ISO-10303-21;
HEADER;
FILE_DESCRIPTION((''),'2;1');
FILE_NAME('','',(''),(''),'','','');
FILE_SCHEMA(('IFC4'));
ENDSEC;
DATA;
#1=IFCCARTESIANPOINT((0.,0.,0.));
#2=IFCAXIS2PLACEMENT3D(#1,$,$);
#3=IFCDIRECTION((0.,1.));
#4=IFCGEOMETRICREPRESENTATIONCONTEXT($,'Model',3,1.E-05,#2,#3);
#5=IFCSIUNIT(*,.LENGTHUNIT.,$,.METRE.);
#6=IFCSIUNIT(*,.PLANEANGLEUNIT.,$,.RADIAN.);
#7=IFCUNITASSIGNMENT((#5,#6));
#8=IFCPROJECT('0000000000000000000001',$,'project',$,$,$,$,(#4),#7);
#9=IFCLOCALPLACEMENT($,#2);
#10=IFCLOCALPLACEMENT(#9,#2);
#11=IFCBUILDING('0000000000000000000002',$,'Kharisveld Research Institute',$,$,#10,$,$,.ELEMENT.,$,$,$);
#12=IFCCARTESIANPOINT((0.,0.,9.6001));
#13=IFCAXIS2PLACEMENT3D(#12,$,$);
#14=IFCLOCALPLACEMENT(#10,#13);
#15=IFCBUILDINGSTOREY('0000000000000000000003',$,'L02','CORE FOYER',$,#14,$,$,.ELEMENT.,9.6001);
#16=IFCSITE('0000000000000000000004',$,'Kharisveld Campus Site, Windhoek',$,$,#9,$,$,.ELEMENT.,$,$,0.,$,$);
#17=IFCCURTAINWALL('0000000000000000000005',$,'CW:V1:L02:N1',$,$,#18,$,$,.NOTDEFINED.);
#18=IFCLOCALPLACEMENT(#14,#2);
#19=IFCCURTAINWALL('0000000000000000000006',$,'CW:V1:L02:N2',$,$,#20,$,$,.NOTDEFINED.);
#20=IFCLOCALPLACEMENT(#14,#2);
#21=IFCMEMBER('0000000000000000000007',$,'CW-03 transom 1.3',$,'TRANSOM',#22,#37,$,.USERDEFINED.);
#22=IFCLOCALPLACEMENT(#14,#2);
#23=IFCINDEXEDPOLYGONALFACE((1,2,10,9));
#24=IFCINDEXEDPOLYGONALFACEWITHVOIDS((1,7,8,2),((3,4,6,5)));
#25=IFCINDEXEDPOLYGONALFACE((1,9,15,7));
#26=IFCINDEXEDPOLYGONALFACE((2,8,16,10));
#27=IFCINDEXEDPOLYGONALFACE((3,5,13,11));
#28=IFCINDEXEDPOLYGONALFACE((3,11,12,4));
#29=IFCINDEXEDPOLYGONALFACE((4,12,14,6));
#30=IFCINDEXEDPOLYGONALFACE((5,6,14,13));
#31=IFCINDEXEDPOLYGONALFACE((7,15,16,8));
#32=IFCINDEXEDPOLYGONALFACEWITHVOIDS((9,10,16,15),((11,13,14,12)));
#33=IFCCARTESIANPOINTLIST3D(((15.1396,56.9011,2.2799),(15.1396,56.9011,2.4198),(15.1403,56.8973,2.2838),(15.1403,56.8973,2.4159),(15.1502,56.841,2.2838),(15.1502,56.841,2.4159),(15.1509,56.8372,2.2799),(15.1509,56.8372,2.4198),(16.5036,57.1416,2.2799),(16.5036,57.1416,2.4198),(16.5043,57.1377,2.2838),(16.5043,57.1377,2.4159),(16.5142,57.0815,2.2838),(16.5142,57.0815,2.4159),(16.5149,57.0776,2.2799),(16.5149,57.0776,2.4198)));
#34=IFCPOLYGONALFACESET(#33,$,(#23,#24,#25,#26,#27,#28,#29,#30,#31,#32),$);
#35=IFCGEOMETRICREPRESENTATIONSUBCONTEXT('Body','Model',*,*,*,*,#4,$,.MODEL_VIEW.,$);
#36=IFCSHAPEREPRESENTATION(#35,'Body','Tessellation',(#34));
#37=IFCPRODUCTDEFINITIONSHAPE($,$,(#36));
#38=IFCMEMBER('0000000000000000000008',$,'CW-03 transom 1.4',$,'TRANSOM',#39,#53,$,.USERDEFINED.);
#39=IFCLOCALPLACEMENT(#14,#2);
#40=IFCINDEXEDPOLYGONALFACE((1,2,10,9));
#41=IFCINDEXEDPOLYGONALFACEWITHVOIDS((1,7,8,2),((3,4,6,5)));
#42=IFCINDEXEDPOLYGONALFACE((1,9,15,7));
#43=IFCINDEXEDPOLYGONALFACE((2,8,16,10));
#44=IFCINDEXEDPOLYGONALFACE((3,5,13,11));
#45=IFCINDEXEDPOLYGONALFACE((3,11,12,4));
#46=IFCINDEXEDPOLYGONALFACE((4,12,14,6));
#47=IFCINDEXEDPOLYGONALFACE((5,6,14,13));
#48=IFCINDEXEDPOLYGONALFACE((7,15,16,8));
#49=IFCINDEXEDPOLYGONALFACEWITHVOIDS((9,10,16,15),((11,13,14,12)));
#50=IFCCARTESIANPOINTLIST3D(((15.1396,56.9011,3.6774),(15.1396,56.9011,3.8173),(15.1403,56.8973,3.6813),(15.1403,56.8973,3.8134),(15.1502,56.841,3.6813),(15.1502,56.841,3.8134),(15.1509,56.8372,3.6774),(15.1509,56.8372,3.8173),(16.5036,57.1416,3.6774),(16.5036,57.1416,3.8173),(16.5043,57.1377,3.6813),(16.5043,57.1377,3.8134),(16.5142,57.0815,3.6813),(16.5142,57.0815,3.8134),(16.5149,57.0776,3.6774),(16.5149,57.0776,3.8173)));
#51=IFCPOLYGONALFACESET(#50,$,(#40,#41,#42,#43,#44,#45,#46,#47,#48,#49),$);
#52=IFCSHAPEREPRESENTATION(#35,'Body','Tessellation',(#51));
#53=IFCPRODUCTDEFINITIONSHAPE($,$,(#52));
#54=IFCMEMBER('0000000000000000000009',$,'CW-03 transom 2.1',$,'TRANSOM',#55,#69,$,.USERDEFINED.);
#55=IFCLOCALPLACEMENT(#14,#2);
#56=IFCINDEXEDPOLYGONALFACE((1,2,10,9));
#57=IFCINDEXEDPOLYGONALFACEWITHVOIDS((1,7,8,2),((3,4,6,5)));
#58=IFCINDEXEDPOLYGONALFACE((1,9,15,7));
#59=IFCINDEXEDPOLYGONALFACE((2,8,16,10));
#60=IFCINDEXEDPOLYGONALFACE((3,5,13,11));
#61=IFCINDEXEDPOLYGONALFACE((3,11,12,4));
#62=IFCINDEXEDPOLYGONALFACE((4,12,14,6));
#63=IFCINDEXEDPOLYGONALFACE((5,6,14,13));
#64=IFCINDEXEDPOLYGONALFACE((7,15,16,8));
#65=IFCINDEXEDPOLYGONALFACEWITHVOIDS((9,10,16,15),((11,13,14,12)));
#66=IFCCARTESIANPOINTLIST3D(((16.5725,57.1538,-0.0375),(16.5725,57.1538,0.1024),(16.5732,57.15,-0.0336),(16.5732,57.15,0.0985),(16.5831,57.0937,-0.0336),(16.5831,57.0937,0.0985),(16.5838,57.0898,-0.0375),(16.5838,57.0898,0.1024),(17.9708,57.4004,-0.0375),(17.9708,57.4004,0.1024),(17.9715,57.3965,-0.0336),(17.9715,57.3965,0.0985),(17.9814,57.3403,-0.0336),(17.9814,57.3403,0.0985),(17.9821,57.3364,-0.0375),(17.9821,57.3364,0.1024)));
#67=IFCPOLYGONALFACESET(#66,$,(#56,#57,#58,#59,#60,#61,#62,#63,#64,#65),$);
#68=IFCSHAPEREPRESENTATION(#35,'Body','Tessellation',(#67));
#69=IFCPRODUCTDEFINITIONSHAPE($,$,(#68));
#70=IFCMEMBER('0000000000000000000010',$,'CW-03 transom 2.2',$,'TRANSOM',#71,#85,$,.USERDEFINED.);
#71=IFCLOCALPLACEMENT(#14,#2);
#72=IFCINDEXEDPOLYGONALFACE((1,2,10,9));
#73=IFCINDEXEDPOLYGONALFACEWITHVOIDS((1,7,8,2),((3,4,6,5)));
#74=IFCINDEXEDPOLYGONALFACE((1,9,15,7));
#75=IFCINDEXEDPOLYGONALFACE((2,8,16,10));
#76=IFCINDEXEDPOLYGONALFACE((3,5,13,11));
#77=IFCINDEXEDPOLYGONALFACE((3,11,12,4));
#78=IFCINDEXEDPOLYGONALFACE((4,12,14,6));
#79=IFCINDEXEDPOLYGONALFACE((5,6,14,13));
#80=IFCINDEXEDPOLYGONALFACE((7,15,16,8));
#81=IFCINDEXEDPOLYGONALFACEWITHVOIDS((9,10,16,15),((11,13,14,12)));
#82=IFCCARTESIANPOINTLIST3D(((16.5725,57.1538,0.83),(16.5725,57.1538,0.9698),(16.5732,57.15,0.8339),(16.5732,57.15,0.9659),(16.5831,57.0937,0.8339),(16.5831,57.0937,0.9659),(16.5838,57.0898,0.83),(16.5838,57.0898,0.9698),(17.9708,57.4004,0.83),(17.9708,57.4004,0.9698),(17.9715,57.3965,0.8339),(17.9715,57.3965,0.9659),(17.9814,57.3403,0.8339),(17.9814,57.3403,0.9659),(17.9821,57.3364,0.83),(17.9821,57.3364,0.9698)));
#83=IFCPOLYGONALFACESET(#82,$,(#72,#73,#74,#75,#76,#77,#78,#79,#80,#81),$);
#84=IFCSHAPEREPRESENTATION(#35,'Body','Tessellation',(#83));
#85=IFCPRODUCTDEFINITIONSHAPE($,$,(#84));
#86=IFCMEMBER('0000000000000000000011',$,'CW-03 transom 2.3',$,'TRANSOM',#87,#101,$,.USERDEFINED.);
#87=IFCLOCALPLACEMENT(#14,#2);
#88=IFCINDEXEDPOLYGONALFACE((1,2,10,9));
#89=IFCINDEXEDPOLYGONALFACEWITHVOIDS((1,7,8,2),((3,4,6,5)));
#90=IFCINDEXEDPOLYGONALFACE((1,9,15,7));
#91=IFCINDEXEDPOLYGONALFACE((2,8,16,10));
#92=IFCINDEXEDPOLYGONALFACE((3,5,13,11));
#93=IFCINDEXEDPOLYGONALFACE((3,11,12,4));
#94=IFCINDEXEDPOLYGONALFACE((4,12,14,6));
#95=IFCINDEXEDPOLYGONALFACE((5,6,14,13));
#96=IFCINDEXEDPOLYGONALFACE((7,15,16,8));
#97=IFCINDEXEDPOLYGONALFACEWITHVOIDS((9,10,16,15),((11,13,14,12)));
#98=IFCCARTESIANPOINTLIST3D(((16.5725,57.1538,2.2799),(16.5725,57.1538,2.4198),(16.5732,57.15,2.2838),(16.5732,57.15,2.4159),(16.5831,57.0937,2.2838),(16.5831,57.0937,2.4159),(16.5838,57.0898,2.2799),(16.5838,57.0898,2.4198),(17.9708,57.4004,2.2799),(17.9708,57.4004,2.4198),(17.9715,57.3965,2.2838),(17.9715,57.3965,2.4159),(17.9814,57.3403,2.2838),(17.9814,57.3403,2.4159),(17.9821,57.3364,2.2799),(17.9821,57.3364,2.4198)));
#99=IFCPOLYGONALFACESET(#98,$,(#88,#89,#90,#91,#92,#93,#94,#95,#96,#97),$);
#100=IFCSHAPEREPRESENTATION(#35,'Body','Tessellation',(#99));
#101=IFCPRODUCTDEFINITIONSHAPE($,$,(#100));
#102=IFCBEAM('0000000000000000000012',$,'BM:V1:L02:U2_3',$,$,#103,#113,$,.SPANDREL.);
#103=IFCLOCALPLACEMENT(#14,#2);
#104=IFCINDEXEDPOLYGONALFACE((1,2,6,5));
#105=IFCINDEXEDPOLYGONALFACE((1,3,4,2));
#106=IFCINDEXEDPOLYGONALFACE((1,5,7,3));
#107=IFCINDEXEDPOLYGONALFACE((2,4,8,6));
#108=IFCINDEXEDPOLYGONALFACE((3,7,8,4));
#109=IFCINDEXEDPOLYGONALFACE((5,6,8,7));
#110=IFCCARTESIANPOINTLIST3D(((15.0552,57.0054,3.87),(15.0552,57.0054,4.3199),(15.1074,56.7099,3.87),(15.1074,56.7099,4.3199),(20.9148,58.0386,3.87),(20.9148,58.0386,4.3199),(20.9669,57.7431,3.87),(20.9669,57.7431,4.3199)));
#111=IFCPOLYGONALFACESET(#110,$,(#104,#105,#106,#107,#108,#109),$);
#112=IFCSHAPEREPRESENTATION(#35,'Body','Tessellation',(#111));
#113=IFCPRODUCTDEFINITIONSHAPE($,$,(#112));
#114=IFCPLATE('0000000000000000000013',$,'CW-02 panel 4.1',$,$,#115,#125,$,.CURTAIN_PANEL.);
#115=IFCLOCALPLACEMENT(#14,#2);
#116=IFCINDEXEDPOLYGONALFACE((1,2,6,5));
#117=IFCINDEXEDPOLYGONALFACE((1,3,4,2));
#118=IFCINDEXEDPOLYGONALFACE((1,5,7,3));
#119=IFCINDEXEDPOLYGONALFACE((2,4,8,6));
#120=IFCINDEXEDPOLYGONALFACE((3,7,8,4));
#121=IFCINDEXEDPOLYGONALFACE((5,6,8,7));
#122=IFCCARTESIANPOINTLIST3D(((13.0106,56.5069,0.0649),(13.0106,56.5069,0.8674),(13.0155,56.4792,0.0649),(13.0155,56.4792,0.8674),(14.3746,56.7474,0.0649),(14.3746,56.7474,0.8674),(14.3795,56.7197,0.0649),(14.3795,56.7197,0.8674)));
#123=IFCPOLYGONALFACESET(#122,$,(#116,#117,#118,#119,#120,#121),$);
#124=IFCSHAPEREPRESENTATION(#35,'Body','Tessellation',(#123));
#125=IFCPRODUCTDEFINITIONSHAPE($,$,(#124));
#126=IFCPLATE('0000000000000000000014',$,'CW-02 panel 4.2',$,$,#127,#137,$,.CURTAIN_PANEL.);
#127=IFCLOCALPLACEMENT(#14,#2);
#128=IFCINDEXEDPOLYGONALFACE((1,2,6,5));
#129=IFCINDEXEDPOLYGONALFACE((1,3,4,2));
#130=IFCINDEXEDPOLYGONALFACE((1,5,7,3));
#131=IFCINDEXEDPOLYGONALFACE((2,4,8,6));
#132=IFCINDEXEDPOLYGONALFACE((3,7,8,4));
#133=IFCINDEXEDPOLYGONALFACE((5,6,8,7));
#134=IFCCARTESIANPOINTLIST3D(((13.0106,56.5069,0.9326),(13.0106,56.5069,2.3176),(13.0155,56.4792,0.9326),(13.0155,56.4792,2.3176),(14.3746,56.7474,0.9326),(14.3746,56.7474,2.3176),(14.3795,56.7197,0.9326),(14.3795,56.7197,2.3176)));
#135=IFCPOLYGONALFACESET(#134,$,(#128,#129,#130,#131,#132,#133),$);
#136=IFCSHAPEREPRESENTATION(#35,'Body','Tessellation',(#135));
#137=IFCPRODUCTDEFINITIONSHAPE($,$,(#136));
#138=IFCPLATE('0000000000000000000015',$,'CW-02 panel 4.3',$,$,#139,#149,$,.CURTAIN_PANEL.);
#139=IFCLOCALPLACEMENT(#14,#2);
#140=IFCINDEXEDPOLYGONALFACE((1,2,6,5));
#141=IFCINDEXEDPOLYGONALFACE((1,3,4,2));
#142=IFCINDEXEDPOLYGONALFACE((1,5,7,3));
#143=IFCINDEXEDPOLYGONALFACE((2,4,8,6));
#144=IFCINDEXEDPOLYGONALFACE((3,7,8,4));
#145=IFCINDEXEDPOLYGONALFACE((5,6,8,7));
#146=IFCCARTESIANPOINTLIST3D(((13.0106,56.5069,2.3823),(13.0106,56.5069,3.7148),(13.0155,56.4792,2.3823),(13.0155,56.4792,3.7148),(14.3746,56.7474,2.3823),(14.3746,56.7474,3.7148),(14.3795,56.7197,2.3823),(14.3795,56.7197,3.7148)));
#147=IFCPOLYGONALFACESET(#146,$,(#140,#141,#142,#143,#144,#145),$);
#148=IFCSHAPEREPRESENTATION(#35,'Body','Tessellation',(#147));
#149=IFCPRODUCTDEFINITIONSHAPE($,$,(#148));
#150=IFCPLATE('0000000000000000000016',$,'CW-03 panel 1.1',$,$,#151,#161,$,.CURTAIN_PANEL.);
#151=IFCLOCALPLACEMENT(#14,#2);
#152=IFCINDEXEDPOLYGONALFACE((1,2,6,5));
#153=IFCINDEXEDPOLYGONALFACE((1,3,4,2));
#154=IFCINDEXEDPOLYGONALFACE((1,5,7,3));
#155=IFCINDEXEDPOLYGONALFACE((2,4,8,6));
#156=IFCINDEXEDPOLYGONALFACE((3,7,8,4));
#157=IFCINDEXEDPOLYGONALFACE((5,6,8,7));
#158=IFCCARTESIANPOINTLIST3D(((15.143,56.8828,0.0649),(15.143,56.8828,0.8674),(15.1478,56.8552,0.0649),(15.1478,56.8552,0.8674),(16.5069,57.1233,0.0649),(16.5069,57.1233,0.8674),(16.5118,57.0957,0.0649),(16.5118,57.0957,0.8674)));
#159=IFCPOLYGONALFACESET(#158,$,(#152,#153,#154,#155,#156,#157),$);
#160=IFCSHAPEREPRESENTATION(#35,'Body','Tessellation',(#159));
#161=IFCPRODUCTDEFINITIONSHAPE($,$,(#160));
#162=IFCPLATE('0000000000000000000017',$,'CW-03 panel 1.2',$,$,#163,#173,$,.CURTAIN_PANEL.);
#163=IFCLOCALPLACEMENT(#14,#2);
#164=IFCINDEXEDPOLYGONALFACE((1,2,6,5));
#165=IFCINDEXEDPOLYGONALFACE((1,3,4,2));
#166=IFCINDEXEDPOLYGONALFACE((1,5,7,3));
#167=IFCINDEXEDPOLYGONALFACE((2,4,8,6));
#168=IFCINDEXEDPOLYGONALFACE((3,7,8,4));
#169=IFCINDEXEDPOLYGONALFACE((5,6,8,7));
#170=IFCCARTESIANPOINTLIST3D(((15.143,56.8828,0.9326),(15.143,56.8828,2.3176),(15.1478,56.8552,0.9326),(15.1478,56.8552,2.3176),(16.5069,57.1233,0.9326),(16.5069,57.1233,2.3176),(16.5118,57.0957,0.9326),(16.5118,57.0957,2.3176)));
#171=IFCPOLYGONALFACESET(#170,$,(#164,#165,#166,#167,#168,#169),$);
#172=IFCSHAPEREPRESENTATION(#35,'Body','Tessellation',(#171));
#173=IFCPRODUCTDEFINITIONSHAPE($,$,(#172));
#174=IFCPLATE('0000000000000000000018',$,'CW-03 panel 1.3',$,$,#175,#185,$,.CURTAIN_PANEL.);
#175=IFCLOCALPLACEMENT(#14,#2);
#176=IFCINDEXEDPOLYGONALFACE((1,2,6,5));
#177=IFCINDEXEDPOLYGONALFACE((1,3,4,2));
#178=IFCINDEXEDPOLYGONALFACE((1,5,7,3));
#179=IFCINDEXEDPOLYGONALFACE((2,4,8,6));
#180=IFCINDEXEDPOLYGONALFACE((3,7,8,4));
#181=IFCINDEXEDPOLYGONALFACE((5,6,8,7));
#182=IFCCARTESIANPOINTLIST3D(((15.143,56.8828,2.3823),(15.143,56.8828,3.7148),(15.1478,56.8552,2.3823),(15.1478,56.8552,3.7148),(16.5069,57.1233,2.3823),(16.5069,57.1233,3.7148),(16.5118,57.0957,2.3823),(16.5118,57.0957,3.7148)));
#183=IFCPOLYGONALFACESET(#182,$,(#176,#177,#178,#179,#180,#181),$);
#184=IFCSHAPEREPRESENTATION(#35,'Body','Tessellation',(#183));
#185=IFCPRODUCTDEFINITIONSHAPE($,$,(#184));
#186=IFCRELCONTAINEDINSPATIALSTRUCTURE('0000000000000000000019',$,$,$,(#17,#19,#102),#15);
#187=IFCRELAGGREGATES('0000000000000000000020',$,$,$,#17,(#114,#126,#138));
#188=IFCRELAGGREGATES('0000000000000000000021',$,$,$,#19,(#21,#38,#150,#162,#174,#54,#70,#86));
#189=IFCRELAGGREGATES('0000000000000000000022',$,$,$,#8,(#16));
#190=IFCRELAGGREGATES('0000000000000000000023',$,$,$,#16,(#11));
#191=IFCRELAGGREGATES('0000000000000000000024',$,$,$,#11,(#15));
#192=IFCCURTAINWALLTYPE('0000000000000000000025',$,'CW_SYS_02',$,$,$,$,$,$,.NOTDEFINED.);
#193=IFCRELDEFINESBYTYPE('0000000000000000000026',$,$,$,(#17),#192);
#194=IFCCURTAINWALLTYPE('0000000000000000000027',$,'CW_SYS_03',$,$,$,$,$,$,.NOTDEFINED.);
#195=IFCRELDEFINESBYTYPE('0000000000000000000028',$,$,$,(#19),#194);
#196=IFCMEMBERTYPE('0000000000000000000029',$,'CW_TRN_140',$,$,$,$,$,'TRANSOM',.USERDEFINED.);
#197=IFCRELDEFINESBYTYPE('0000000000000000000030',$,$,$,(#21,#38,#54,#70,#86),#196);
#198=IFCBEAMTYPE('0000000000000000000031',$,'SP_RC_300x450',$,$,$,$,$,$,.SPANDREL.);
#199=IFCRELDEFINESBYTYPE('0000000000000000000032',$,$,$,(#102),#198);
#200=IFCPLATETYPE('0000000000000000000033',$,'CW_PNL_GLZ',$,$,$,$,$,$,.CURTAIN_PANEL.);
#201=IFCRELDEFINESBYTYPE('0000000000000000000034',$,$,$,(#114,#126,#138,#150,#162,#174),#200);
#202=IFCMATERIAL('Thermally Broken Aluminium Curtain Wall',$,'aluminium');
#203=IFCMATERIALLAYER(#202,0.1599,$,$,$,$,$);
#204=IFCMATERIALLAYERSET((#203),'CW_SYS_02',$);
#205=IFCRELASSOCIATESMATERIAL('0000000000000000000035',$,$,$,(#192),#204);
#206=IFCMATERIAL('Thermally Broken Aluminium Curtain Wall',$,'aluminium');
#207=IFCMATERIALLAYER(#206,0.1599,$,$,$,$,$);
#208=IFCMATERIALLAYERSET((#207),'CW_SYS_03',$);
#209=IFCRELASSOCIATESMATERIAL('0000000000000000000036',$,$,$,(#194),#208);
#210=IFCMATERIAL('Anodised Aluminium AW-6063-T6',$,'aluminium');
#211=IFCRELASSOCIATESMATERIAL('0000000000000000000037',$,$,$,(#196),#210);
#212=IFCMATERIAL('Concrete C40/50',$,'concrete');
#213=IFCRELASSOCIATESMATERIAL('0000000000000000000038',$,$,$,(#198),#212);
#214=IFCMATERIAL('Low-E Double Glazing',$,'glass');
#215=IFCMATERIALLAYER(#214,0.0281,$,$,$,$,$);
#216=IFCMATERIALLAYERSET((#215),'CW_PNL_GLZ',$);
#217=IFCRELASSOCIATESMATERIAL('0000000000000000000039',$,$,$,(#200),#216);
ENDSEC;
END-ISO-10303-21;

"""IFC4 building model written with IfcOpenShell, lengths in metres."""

from ifc_helpers import new_model, si_unit, direction, frame, origin, origin_2d, place, context, subcontext, project, spatial, rectangle, hollow_rectangle, extrude, material, layer, layer_set, material_profile, profile_set, type_object, element, aggregate, save


model = new_model("IFC4")

# Units and contexts
model_context = context("Model", 3, precision=1e-05, world=origin(), true_north=direction((0.0, 1.0)))
body_context = subcontext(model_context, "Body", "Model", "MODEL_VIEW")
ifc_project = project(units=[si_unit("LENGTHUNIT", "METRE"), si_unit("PLANEANGLEUNIT", "RADIAN")], contexts=[model_context])

# Site, building, storey
site_placement = place(None, origin())
site = spatial("IfcSite", under=ifc_project, at=site_placement, Name="Kharisveld Campus Site, Windhoek", CompositionType="ELEMENT", RefElevation=0.0)
building_placement = place(site_placement, origin())
building = spatial("IfcBuilding", under=site, at=building_placement, Name="Kharisveld Research Institute", CompositionType="ELEMENT")
storey_placement = place(building_placement, frame((0.0, 0.0, 9.6001)))
storey = spatial("IfcBuildingStorey", under=building, at=storey_placement, Name="L02", Description="CORE FOYER", CompositionType="ELEMENT", Elevation=9.6001)

# Curtain walls
ifc_material_1 = material(Name="Thermally Broken Aluminium Curtain Wall", Category="aluminium")
ifc_layer_1 = layer(ifc_material_1, 0.1599)
ifc_layer_set_1 = layer_set([ifc_layer_1], Name="CW_SYS_02")
curtain_wall_type_1 = type_object("IfcCurtainWallType", Name="CW_SYS_02", PredefinedType="NOTDEFINED", material=ifc_layer_set_1)
curtain_wall_1_placement = place(storey_placement, origin())
curtain_wall_1 = element("IfcCurtainWall", 1, at=curtain_wall_1_placement, inside=storey, type_object=curtain_wall_type_1, Name="CW:V1:L02:N1", PredefinedType="NOTDEFINED")
ifc_material_2 = material(Name="Thermally Broken Aluminium Curtain Wall", Category="aluminium")
ifc_layer_2 = layer(ifc_material_2, 0.1599)
ifc_layer_set_2 = layer_set([ifc_layer_2], Name="CW_SYS_03")
curtain_wall_type_2 = type_object("IfcCurtainWallType", Name="CW_SYS_03", PredefinedType="NOTDEFINED", material=ifc_layer_set_2)
curtain_wall_2_placement = place(storey_placement, origin())
curtain_wall_2 = element("IfcCurtainWall", 2, at=curtain_wall_2_placement, inside=storey, type_object=curtain_wall_type_2, Name="CW:V1:L02:N2", PredefinedType="NOTDEFINED")

# Members
ifc_material_3 = material(Name="Anodised Aluminium AW-6063-T6", Category="aluminium")
ifc_material_profile_1 = material_profile(ifc_material_3, hollow_rectangle(XDim=0.0649, YDim=0.1399, WallThickness=0.0039, at=origin_2d()))
ifc_profile_set_1 = profile_set([ifc_material_profile_1], Name="Anodised Aluminium AW-6063-T6")
member_type_1 = type_object("IfcMemberType", Name="CW_TRN_140", ElementType="TRANSOM", PredefinedType="USERDEFINED", material=ifc_profile_set_1)
member_1_placement = place(storey_placement, frame((15.1453, 56.8691, 2.3499), z_axis=(0.984812, 0.173624, 0.0), x_axis=(-0.173624, 0.984812, 0.0)))
member_1 = element("IfcMember", 3, at=member_1_placement, type_object=member_type_1, Name="CW-03 transom 1.3", ObjectType="TRANSOM", PredefinedType="USERDEFINED", context=body_context, shape_type="SweptSolid", body=[
    extrude(hollow_rectangle(XDim=0.0649, YDim=0.1399, WallThickness=0.0039, at=origin_2d()), origin(), (0.0, 0.0, 1.0), 1.385),
])
member_2_placement = place(storey_placement, frame((15.1453, 56.8691, 3.7473), z_axis=(0.984812, 0.173624, 0.0), x_axis=(-0.173624, 0.984812, 0.0)))
member_2 = element("IfcMember", 4, at=member_2_placement, type_object=member_type_1, Name="CW-03 transom 1.4", ObjectType="TRANSOM", PredefinedType="USERDEFINED", context=body_context, shape_type="SweptSolid", body=[
    extrude(hollow_rectangle(XDim=0.0649, YDim=0.1399, WallThickness=0.0039, at=origin_2d()), origin(), (0.0, 0.0, 1.0), 1.385),
])
member_3_placement = place(storey_placement, frame((16.5781, 57.1218, 0.0325), z_axis=(0.984808, 0.173648, 0.0), x_axis=(-0.173648, 0.984808, 0.0)))
member_3 = element("IfcMember", 5, at=member_3_placement, type_object=member_type_1, Name="CW-03 transom 2.1", ObjectType="TRANSOM", PredefinedType="USERDEFINED", context=body_context, shape_type="SweptSolid", body=[
    extrude(hollow_rectangle(XDim=0.0649, YDim=0.1399, WallThickness=0.0039, at=origin_2d()), origin(), (0.0, 0.0, 1.0), 1.4199),
])
member_4_placement = place(storey_placement, frame((16.5781, 57.1218, 0.8999), z_axis=(0.984808, 0.173648, 0.0), x_axis=(-0.173648, 0.984808, 0.0)))
member_4 = element("IfcMember", 6, at=member_4_placement, type_object=member_type_1, Name="CW-03 transom 2.2", ObjectType="TRANSOM", PredefinedType="USERDEFINED", context=body_context, shape_type="SweptSolid", body=[
    extrude(hollow_rectangle(XDim=0.0649, YDim=0.1399, WallThickness=0.0039, at=origin_2d()), origin(), (0.0, 0.0, 1.0), 1.4199),
])
member_5_placement = place(storey_placement, frame((16.5781, 57.1218, 2.3499), z_axis=(0.984808, 0.173648, 0.0), x_axis=(-0.173648, 0.984808, 0.0)))
member_5 = element("IfcMember", 7, at=member_5_placement, type_object=member_type_1, Name="CW-03 transom 2.3", ObjectType="TRANSOM", PredefinedType="USERDEFINED", context=body_context, shape_type="SweptSolid", body=[
    extrude(hollow_rectangle(XDim=0.0649, YDim=0.1399, WallThickness=0.0039, at=origin_2d()), origin(), (0.0, 0.0, 1.0), 1.4199),
])

# Beam
ifc_material_4 = material(Name="Concrete C40/50", Category="concrete")
ifc_material_profile_2 = material_profile(ifc_material_4, rectangle(XDim=0.3, YDim=0.45, at=origin_2d()))
ifc_profile_set_2 = profile_set([ifc_material_profile_2], Name="Concrete C40/50")
beam_type = type_object("IfcBeamType", Name="SP_RC_300x450", PredefinedType="SPANDREL", material=ifc_profile_set_2)
beam_placement = place(storey_placement, frame((15.0813, 56.8577, 4.095), z_axis=(0.984808, 0.173647, 0.0), x_axis=(-0.173647, 0.984808, 0.0)))
element("IfcBeam", 8, at=beam_placement, inside=storey, type_object=beam_type, Name="BM:V1:L02:U2_3", PredefinedType="SPANDREL", context=body_context, shape_type="SweptSolid", body=[
    extrude(rectangle(XDim=0.3, YDim=0.45, at=origin_2d()), origin(), (0.0, 0.0, 1.0), 5.95),
])

# Plates
ifc_material_5 = material(Name="Low-E Double Glazing", Category="glass")
ifc_layer_3 = layer(ifc_material_5, 0.0281)
ifc_layer_set_3 = layer_set([ifc_layer_3], Name="CW_PNL_GLZ")
plate_type = type_object("IfcPlateType", Name="CW_PNL_GLZ", PredefinedType="CURTAIN_PANEL", material=ifc_layer_set_3)
plate_1_placement = place(storey_placement, frame((13.6951, 56.6133, 0.0649), z_axis=(0.0, 0.0, 1.0), x_axis=(0.984808, 0.173648, 0.0)))
plate_1 = element("IfcPlate", 9, at=plate_1_placement, type_object=plate_type, Name="CW-02 panel 4.1", PredefinedType="CURTAIN_PANEL", context=body_context, shape_type="SweptSolid", body=[
    extrude(rectangle(XDim=1.385, YDim=0.0281, at=origin_2d()), origin(), (0.0, 0.0, 1.0), 0.8025),
])
plate_2_placement = place(storey_placement, frame((13.6951, 56.6133, 0.9326), z_axis=(0.0, 0.0, 1.0), x_axis=(0.984808, 0.173648, 0.0)))
plate_2 = element("IfcPlate", 10, at=plate_2_placement, type_object=plate_type, Name="CW-02 panel 4.2", PredefinedType="CURTAIN_PANEL", context=body_context, shape_type="SweptSolid", body=[
    extrude(rectangle(XDim=1.385, YDim=0.0281, at=origin_2d()), origin(), (0.0, 0.0, 1.0), 1.385),
])
plate_3_placement = place(storey_placement, frame((13.6951, 56.6133, 2.3823), z_axis=(0.0, 0.0, 1.0), x_axis=(0.984808, 0.173648, 0.0)))
plate_3 = element("IfcPlate", 11, at=plate_3_placement, type_object=plate_type, Name="CW-02 panel 4.3", PredefinedType="CURTAIN_PANEL", context=body_context, shape_type="SweptSolid", body=[
    extrude(rectangle(XDim=1.385, YDim=0.0281, at=origin_2d()), origin(), (0.0, 0.0, 1.0), 1.3325),
])
aggregate(curtain_wall_1, [plate_1, plate_2, plate_3])
plate_4_placement = place(storey_placement, frame((15.8274, 56.9893, 0.0649), z_axis=(0.0, 0.0, 1.0), x_axis=(0.984808, 0.173648, 0.0)))
plate_4 = element("IfcPlate", 12, at=plate_4_placement, type_object=plate_type, Name="CW-03 panel 1.1", PredefinedType="CURTAIN_PANEL", context=body_context, shape_type="SweptSolid", body=[
    extrude(rectangle(XDim=1.385, YDim=0.0281, at=origin_2d()), origin(), (0.0, 0.0, 1.0), 0.8025),
])
plate_5_placement = place(storey_placement, frame((15.8274, 56.9893, 0.9326), z_axis=(0.0, 0.0, 1.0), x_axis=(0.984808, 0.173648, 0.0)))
plate_5 = element("IfcPlate", 13, at=plate_5_placement, type_object=plate_type, Name="CW-03 panel 1.2", PredefinedType="CURTAIN_PANEL", context=body_context, shape_type="SweptSolid", body=[
    extrude(rectangle(XDim=1.385, YDim=0.0281, at=origin_2d()), origin(), (0.0, 0.0, 1.0), 1.385),
])
plate_6_placement = place(storey_placement, frame((15.8274, 56.9893, 2.3823), z_axis=(0.0, 0.0, 1.0), x_axis=(0.984808, 0.173648, 0.0)))
plate_6 = element("IfcPlate", 14, at=plate_6_placement, type_object=plate_type, Name="CW-03 panel 1.3", PredefinedType="CURTAIN_PANEL", context=body_context, shape_type="SweptSolid", body=[
    extrude(rectangle(XDim=1.385, YDim=0.0281, at=origin_2d()), origin(), (0.0, 0.0, 1.0), 1.3325),
])
aggregate(curtain_wall_2, [member_1, member_2, plate_4, plate_5, plate_6, member_3, member_4, member_5])

save(model, "model.ifc")
